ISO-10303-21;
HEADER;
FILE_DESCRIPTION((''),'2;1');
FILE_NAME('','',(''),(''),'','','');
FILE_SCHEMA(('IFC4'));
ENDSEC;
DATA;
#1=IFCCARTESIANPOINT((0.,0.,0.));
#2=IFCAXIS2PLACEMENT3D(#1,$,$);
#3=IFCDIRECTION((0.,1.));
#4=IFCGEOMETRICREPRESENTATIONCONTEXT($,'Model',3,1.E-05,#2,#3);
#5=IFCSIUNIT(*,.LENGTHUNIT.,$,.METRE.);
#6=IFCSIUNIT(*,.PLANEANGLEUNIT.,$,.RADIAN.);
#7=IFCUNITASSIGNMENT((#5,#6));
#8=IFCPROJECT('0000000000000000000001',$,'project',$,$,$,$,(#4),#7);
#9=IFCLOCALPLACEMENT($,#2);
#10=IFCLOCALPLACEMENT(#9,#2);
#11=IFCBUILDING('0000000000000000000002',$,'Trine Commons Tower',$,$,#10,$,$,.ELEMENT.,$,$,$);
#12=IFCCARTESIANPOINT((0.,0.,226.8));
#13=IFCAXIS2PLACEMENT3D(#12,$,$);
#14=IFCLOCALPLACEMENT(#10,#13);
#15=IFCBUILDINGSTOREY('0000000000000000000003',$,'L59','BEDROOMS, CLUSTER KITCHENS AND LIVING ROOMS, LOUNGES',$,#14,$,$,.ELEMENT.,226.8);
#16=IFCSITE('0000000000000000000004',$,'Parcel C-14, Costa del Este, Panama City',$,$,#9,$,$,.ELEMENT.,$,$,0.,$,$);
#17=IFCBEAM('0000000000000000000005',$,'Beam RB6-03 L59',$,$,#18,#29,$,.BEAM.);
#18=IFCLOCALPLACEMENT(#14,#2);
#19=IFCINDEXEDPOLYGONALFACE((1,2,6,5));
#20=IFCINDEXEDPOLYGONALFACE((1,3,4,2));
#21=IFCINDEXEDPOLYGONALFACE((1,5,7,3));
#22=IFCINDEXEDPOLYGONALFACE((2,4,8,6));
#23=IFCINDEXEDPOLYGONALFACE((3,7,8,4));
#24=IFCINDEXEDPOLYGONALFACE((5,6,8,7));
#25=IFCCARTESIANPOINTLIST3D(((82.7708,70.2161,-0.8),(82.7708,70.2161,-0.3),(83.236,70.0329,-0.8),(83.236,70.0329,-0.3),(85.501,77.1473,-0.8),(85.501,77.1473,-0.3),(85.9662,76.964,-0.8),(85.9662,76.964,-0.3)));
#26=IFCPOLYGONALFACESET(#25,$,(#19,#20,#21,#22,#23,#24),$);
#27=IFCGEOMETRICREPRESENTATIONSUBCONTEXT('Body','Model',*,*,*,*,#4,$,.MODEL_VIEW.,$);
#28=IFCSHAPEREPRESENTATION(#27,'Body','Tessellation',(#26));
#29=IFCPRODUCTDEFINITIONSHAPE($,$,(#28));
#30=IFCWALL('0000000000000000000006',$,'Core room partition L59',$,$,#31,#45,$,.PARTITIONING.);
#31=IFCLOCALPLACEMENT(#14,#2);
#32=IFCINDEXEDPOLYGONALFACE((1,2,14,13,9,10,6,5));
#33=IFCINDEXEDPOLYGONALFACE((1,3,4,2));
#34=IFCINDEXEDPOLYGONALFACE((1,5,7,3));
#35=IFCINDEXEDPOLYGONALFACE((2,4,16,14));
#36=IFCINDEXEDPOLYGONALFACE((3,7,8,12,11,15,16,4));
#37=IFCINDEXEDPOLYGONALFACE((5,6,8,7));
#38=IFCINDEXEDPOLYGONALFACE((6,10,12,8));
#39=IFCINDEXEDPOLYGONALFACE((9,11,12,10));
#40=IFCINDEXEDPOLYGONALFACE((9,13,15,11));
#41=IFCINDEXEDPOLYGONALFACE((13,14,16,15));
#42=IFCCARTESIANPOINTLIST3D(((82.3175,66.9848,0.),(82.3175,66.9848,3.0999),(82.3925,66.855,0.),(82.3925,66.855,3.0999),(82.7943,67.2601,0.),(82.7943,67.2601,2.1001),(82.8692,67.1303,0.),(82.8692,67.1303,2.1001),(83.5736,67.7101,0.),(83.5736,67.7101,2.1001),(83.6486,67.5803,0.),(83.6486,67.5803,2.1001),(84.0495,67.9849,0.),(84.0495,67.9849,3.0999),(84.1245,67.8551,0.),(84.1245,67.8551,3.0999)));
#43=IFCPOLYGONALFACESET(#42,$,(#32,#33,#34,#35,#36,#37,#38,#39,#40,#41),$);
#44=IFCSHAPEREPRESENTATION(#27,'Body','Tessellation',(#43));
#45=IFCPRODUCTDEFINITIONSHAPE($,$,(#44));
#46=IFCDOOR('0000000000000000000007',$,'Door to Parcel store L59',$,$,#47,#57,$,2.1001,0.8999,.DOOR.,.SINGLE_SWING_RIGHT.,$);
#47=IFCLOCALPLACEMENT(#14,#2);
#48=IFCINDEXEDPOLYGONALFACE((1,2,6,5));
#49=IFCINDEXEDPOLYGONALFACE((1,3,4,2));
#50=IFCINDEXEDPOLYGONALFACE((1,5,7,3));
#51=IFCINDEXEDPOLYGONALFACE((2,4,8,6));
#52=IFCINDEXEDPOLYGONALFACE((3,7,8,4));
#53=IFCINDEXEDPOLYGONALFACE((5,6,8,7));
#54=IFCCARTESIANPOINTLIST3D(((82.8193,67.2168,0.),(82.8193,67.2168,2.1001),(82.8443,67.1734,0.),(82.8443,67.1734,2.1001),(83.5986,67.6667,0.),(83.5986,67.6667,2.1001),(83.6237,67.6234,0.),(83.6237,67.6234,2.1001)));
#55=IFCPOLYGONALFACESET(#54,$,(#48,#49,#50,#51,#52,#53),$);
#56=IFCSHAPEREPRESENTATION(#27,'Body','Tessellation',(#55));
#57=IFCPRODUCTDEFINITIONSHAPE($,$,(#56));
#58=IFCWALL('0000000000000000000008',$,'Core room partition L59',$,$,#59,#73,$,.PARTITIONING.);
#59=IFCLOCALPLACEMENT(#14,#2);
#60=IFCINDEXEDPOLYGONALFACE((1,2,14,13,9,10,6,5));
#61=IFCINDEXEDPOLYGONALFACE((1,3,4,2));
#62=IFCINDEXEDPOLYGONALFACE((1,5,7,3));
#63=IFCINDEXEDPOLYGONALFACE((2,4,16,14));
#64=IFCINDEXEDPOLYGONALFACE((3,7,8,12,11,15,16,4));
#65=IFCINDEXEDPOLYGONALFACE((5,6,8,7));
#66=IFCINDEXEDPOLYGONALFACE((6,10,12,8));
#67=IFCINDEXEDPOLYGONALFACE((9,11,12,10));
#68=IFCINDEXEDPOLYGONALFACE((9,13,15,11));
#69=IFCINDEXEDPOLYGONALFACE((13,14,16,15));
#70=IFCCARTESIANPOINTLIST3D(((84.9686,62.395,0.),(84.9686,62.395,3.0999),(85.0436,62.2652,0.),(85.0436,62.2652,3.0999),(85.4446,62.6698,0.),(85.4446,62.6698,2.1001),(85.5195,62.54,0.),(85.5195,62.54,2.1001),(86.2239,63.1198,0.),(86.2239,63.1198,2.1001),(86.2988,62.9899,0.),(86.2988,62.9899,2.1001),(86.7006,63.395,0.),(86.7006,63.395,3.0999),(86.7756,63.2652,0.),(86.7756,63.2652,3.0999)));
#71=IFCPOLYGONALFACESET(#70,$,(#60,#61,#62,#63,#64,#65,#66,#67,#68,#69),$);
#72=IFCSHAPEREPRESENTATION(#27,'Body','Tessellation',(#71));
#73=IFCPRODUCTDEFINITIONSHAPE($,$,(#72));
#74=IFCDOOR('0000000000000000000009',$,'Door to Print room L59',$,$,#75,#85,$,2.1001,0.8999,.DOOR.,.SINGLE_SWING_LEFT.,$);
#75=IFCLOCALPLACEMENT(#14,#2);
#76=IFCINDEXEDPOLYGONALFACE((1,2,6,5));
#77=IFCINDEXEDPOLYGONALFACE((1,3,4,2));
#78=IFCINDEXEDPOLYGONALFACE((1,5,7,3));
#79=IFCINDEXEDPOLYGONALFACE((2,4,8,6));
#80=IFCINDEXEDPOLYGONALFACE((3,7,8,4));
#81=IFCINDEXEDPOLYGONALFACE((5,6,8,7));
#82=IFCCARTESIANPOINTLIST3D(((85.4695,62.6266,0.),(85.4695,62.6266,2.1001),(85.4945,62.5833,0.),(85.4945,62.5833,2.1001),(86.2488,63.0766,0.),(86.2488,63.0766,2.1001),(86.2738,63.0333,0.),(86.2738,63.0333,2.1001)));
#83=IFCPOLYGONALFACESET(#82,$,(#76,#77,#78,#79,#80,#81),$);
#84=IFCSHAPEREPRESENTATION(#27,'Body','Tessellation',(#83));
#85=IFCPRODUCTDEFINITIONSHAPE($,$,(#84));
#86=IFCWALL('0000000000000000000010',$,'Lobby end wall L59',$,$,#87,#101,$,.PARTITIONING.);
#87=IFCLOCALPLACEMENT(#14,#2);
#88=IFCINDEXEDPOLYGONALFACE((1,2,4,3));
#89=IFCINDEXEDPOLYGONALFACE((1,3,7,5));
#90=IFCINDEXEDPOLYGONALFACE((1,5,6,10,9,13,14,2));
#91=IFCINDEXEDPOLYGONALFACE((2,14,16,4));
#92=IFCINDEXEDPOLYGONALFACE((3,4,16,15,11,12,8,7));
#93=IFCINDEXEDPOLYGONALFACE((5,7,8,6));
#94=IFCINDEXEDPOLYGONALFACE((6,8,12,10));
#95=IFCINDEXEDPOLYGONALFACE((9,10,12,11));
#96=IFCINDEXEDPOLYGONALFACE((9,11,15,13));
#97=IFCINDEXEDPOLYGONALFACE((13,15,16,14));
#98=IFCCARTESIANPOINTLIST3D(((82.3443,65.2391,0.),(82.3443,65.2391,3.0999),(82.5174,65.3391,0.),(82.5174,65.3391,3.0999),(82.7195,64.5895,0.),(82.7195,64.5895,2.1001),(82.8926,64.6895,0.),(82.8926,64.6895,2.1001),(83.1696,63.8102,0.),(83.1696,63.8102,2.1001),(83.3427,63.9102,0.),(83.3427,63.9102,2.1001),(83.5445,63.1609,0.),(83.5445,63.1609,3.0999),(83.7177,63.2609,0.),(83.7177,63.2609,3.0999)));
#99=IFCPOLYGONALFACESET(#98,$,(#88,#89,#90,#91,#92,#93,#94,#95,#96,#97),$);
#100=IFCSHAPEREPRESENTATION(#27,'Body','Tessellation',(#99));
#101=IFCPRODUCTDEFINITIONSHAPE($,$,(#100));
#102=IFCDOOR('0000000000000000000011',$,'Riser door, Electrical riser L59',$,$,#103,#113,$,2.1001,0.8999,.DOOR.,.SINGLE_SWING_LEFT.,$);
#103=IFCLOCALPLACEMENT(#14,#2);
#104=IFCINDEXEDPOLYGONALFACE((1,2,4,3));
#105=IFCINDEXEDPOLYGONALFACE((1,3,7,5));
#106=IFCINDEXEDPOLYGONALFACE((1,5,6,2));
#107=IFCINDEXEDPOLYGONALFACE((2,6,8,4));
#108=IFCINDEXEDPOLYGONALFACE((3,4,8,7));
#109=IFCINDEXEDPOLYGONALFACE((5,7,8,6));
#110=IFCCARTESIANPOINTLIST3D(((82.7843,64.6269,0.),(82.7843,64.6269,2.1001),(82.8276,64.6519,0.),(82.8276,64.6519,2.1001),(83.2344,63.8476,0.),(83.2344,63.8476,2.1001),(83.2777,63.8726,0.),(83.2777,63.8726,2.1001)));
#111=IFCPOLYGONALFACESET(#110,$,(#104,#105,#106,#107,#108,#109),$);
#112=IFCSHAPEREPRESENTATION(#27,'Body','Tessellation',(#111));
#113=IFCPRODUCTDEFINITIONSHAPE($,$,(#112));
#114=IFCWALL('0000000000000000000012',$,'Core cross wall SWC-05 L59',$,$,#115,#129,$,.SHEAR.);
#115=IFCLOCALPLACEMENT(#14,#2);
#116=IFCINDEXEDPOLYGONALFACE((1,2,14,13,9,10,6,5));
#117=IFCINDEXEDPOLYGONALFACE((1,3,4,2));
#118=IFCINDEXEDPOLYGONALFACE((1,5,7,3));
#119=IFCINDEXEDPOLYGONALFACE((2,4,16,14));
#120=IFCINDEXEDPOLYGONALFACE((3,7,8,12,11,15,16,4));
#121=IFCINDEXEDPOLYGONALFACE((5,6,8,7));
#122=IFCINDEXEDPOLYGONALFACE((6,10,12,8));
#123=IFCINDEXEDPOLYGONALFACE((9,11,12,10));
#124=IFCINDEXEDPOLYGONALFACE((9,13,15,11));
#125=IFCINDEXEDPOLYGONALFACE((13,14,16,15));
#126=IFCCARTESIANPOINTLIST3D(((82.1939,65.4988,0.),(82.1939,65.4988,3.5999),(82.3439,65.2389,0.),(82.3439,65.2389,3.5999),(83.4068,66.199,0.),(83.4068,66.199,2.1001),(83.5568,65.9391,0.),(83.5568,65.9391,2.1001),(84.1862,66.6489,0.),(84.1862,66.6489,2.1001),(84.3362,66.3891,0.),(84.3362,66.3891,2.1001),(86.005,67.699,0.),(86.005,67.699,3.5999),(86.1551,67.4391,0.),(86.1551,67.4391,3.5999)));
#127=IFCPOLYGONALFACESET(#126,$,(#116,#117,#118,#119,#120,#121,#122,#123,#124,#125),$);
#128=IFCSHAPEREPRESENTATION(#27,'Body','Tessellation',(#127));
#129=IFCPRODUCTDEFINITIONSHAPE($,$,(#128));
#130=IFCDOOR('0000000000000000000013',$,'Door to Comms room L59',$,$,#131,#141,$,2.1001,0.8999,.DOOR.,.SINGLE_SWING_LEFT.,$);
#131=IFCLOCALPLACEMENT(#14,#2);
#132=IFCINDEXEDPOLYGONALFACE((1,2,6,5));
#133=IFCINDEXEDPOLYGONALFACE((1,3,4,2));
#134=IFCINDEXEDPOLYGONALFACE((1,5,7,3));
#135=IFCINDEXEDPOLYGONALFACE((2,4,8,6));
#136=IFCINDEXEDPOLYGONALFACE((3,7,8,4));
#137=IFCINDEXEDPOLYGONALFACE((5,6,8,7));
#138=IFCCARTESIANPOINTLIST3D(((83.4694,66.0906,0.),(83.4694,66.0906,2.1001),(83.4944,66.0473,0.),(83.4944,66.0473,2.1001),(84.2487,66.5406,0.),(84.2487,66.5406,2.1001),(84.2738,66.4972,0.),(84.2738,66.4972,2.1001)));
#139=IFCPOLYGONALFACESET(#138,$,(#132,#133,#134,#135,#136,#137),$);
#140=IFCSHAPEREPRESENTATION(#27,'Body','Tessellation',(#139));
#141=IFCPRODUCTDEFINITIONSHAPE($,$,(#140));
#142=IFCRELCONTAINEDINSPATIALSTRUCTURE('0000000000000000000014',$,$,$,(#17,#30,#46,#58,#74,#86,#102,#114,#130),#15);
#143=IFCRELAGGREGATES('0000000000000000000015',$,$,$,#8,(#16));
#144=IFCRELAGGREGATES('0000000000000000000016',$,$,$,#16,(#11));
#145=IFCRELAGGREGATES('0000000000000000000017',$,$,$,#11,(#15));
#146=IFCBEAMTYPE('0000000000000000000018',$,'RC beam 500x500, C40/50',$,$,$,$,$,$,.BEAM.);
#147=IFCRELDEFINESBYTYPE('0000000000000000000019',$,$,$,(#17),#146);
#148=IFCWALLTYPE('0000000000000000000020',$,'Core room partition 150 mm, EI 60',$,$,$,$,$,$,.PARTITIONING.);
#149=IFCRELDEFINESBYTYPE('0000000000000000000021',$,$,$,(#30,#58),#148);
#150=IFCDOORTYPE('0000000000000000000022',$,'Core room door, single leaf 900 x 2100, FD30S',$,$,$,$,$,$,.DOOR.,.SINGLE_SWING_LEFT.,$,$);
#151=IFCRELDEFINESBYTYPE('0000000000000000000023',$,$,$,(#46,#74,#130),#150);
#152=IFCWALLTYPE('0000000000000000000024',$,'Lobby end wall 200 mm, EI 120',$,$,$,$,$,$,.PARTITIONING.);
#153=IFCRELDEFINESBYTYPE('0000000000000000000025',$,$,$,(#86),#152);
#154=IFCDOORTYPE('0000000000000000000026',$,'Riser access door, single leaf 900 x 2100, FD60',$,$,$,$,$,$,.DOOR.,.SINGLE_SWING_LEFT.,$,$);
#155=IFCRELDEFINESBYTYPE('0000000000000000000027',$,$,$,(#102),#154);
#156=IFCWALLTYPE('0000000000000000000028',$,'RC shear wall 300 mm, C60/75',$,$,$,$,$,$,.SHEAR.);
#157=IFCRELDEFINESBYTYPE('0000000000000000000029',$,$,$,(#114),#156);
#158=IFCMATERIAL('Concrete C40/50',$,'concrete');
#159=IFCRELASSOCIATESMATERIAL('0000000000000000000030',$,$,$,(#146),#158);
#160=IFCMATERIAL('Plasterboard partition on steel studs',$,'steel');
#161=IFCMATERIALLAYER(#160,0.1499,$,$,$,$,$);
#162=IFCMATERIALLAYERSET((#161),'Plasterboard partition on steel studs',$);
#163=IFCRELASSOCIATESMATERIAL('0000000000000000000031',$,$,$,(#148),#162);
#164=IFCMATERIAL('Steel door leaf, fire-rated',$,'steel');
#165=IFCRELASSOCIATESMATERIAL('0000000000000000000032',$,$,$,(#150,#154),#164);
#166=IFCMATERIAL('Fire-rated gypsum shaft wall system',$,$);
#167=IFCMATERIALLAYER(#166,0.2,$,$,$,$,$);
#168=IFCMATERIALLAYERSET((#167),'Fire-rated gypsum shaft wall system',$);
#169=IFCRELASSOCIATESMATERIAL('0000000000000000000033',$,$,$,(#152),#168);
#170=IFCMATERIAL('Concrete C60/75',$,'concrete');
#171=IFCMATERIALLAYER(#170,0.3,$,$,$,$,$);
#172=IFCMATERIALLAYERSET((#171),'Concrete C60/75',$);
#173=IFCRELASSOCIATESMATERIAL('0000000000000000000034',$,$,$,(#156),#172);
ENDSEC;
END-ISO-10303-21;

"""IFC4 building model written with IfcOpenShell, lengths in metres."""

from ifc_helpers import new_model, si_unit, direction, frame, frame_2d, origin, origin_2d, place, context, subcontext, project, spatial, rectangle, extrude, material, layer, layer_set, material_profile, profile_set, type_object, element, fill, save


model = new_model("IFC4")

# Units and contexts
model_context = context("Model", 3, precision=1e-05, world=origin(), true_north=direction((0.0, 1.0)))
body_context = subcontext(model_context, "Body", "Model", "MODEL_VIEW")
ifc_project = project(units=[si_unit("LENGTHUNIT", "METRE"), si_unit("PLANEANGLEUNIT", "RADIAN")], contexts=[model_context])

# Site, building, storey
site_placement = place(None, origin())
site = spatial("IfcSite", under=ifc_project, at=site_placement, Name="Parcel C-14, Costa del Este, Panama City", CompositionType="ELEMENT", RefElevation=0.0)
building_placement = place(site_placement, origin())
building = spatial("IfcBuilding", under=site, at=building_placement, Name="Trine Commons Tower", CompositionType="ELEMENT")
storey_placement = place(building_placement, frame((0.0, 0.0, 226.8)))
storey = spatial("IfcBuildingStorey", under=building, at=storey_placement, Name="L59", Description="BEDROOMS, CLUSTER KITCHENS AND LIVING ROOMS, LOUNGES", CompositionType="ELEMENT", Elevation=226.8)

# Beam
ifc_material_1 = material(Name="Concrete C40/50", Category="concrete")
ifc_material_profile = material_profile(ifc_material_1, rectangle(XDim=0.5, YDim=0.5, at=origin_2d()), Name="RC 500x500")
ifc_profile_set = profile_set([ifc_material_profile], Name="Concrete C40/50")
beam_type = type_object("IfcBeamType", Name="RC beam 500x500, C40/50", PredefinedType="BEAM", material=ifc_profile_set)
beam_placement = place(storey_placement, frame((83.0034, 70.1245, -0.55), z_axis=(0.366498, 0.930419, 0.0), x_axis=(-0.930419, 0.366498, 0.0)))
element("IfcBeam", 1, at=beam_placement, inside=storey, type_object=beam_type, Name="Beam RB6-03 L59", PredefinedType="BEAM", context=body_context, shape_type="SweptSolid", body=[
    extrude(rectangle(XDim=0.5, YDim=0.5, at=origin_2d()), origin(), (0.0, 0.0, 1.0), 7.4495),
])

# Walls, openings, doors
ifc_material_2 = material(Name="Plasterboard partition on steel studs", Category="steel")
ifc_layer_1 = layer(ifc_material_2, 0.1499)
ifc_layer_set_1 = layer_set([ifc_layer_1], Name="Plasterboard partition on steel studs")
wall_type_1 = type_object("IfcWallType", Name="Core room partition 150 mm, EI 60", PredefinedType="PARTITIONING", material=ifc_layer_set_1)
wall_1_placement = place(storey_placement, frame((82.355, 66.9199, 0.0), z_axis=(0.0, 0.0, 1.0), x_axis=(0.866011, 0.500025, 0.0)))
wall_1 = element("IfcWall", 2, at=wall_1_placement, inside=storey, type_object=wall_type_1, Name="Core room partition L59", PredefinedType="PARTITIONING", context=body_context, shape_type="SweptSolid", body=[
    extrude(rectangle(XDim=2.0, YDim=0.1499, at=frame_2d((1.0, 0.0))), origin(), (0.0, 0.0, 1.0), 3.0999),
])
opening_1_placement = place(wall_1_placement, frame((0.5505, 0.0, 0.0)))
opening_1 = element("IfcOpeningElement", 3, at=opening_1_placement, cuts=wall_1, PredefinedType="OPENING", context=body_context, shape_type="SweptSolid", body=[
    extrude(rectangle(XDim=0.8999, YDim=2.1001, at=frame_2d((0.45, 1.05))), frame((0.0, 0.085, 0.0), z_axis=(0.0, -1.0, 0.0), x_axis=(1.0, 0.0, 0.0)), (0.0, 0.0, 1.0), 0.1699),
])
ifc_material_3 = material(Name="Steel door leaf, fire-rated", Category="steel")
door_type_1 = type_object("IfcDoorType", Name="Core room door, single leaf 900 x 2100, FD30S", OperationType="SINGLE_SWING_LEFT", PredefinedType="DOOR", material=ifc_material_3)
door_1_placement = place(opening_1_placement, origin())
door_1 = element("IfcDoor", 4, at=door_1_placement, inside=storey, type_object=door_type_1, Name="Door to Parcel store L59", OperationType="SINGLE_SWING_RIGHT", OverallHeight=2.1001, OverallWidth=0.8999, PredefinedType="DOOR", context=body_context, shape_type="SweptSolid", body=[
    extrude(rectangle(XDim=0.8999, YDim=2.1001, at=frame_2d((0.45, 1.05))), frame((0.0, 0.0249, 0.0), z_axis=(0.0, -1.0, 0.0), x_axis=(1.0, 0.0, 0.0)), (0.0, 0.0, 1.0), 0.05),
])
fill(opening_1, door_1)
wall_2_placement = place(storey_placement, frame((85.0061, 62.3301, 0.0), z_axis=(0.0, 0.0, 1.0), x_axis=(0.866011, 0.500025, 0.0)))
wall_2 = element("IfcWall", 5, at=wall_2_placement, inside=storey, type_object=wall_type_1, Name="Core room partition L59", PredefinedType="PARTITIONING", context=body_context, shape_type="SweptSolid", body=[
    extrude(rectangle(XDim=2.0, YDim=0.1499, at=frame_2d((1.0, 0.0))), origin(), (0.0, 0.0, 1.0), 3.0999),
])
opening_2_placement = place(wall_2_placement, frame((0.5496, 0.0, 0.0)))
opening_2 = element("IfcOpeningElement", 6, at=opening_2_placement, cuts=wall_2, PredefinedType="OPENING", context=body_context, shape_type="SweptSolid", body=[
    extrude(rectangle(XDim=0.8999, YDim=2.1001, at=frame_2d((0.45, 1.05))), frame((0.0, 0.085, 0.0), z_axis=(0.0, -1.0, 0.0), x_axis=(1.0, 0.0, 0.0)), (0.0, 0.0, 1.0), 0.1699),
])
door_2_placement = place(opening_2_placement, frame((0.8999, 0.0, 0.0), z_axis=(0.0, 0.0, 1.0), x_axis=(-1.0, 0.0, 0.0)))
door_2 = element("IfcDoor", 7, at=door_2_placement, inside=storey, type_object=door_type_1, Name="Door to Print room L59", OperationType="SINGLE_SWING_LEFT", OverallHeight=2.1001, OverallWidth=0.8999, PredefinedType="DOOR", context=body_context, shape_type="SweptSolid", body=[
    extrude(rectangle(XDim=0.8999, YDim=2.1001, at=frame_2d((0.45, 1.05))), frame((0.0, 0.0249, 0.0), z_axis=(0.0, -1.0, 0.0), x_axis=(1.0, 0.0, 0.0)), (0.0, 0.0, 1.0), 0.05),
])
fill(opening_2, door_2)
ifc_material_4 = material(Name="Fire-rated gypsum shaft wall system")
ifc_layer_2 = layer(ifc_material_4, 0.2)
ifc_layer_set_2 = layer_set([ifc_layer_2], Name="Fire-rated gypsum shaft wall system")
wall_type_2 = type_object("IfcWallType", Name="Lobby end wall 200 mm, EI 120", PredefinedType="PARTITIONING", material=ifc_layer_set_2)
wall_3_placement = place(storey_placement, frame((83.6311, 63.2109, 0.0), z_axis=(0.0, 0.0, 1.0), x_axis=(-0.500122, 0.865955, 0.0)))
wall_3 = element("IfcWall", 8, at=wall_3_placement, inside=storey, type_object=wall_type_2, Name="Lobby end wall L59", PredefinedType="PARTITIONING", context=body_context, shape_type="SweptSolid", body=[
    extrude(rectangle(XDim=2.3999, YDim=0.2, at=frame_2d((1.2, 0.0))), origin(), (0.0, 0.0, 1.0), 3.0999),
])
opening_3_placement = place(wall_3_placement, frame((0.7498, 0.0, 0.0)))
opening_3 = element("IfcOpeningElement", 9, at=opening_3_placement, cuts=wall_3, PredefinedType="OPENING", context=body_context, shape_type="SweptSolid", body=[
    extrude(rectangle(XDim=0.8999, YDim=2.1001, at=frame_2d((0.45, 1.05))), frame((0.0, 0.1099, 0.0), z_axis=(0.0, -1.0, 0.0), x_axis=(1.0, 0.0, 0.0)), (0.0, 0.0, 1.0), 0.22),
])
door_type_2 = type_object("IfcDoorType", Name="Riser access door, single leaf 900 x 2100, FD60", OperationType="SINGLE_SWING_LEFT", PredefinedType="DOOR", material=ifc_material_3)
door_3_placement = place(opening_3_placement, frame((0.8999, 0.0, 0.0), z_axis=(0.0, 0.0, 1.0), x_axis=(-1.0, 0.0, 0.0)))
door_3 = element("IfcDoor", 10, at=door_3_placement, inside=storey, type_object=door_type_2, Name="Riser door, Electrical riser L59", OperationType="SINGLE_SWING_LEFT", OverallHeight=2.1001, OverallWidth=0.8999, PredefinedType="DOOR", context=body_context, shape_type="SweptSolid", body=[
    extrude(rectangle(XDim=0.8999, YDim=2.1001, at=frame_2d((0.45, 1.05))), frame((0.0, 0.0249, 0.0), z_axis=(0.0, -1.0, 0.0), x_axis=(1.0, 0.0, 0.0)), (0.0, 0.0, 1.0), 0.05),
])
fill(opening_3, door_3)
ifc_material_5 = material(Name="Concrete C60/75", Category="concrete")
ifc_layer_3 = layer(ifc_material_5, 0.3)
ifc_layer_set_3 = layer_set([ifc_layer_3], Name="Concrete C60/75")
wall_type_3 = type_object("IfcWallType", Name="RC shear wall 300 mm, C60/75", PredefinedType="SHEAR", material=ifc_layer_set_3)
wall_4_placement = place(storey_placement, frame((82.269, 65.3689, 0.0), z_axis=(0.0, 0.0, 1.0), x_axis=(0.866036, 0.499982, 0.0)))
wall_4 = element("IfcWall", 11, at=wall_4_placement, inside=storey, type_object=wall_type_3, Name="Core cross wall SWC-05 L59", PredefinedType="SHEAR", context=body_context, shape_type="SweptSolid", body=[
    extrude(rectangle(XDim=4.4006, YDim=0.3, at=frame_2d((2.2002, 0.0))), origin(), (0.0, 0.0, 1.0), 3.5999),
])
opening_4_placement = place(wall_4_placement, frame((1.4004, 0.0, 0.0)))
opening_4 = element("IfcOpeningElement", 12, at=opening_4_placement, cuts=wall_4, PredefinedType="OPENING", context=body_context, shape_type="SweptSolid", body=[
    extrude(rectangle(XDim=0.8999, YDim=2.1001, at=frame_2d((0.45, 1.05))), frame((0.0, 0.1599, 0.0), z_axis=(0.0, -1.0, 0.0), x_axis=(1.0, 0.0, 0.0)), (0.0, 0.0, 1.0), 0.3201),
])
door_4_placement = place(opening_4_placement, origin())
door_4 = element("IfcDoor", 13, at=door_4_placement, inside=storey, type_object=door_type_1, Name="Door to Comms room L59", OperationType="SINGLE_SWING_LEFT", OverallHeight=2.1001, OverallWidth=0.8999, PredefinedType="DOOR", context=body_context, shape_type="SweptSolid", body=[
    extrude(rectangle(XDim=0.8999, YDim=2.1001, at=frame_2d((0.45, 1.05))), frame((0.0, 0.0249, 0.0), z_axis=(0.0, -1.0, 0.0), x_axis=(1.0, 0.0, 0.0)), (0.0, 0.0, 1.0), 0.05),
])
fill(opening_4, door_4)

save(model, "model.ifc")
